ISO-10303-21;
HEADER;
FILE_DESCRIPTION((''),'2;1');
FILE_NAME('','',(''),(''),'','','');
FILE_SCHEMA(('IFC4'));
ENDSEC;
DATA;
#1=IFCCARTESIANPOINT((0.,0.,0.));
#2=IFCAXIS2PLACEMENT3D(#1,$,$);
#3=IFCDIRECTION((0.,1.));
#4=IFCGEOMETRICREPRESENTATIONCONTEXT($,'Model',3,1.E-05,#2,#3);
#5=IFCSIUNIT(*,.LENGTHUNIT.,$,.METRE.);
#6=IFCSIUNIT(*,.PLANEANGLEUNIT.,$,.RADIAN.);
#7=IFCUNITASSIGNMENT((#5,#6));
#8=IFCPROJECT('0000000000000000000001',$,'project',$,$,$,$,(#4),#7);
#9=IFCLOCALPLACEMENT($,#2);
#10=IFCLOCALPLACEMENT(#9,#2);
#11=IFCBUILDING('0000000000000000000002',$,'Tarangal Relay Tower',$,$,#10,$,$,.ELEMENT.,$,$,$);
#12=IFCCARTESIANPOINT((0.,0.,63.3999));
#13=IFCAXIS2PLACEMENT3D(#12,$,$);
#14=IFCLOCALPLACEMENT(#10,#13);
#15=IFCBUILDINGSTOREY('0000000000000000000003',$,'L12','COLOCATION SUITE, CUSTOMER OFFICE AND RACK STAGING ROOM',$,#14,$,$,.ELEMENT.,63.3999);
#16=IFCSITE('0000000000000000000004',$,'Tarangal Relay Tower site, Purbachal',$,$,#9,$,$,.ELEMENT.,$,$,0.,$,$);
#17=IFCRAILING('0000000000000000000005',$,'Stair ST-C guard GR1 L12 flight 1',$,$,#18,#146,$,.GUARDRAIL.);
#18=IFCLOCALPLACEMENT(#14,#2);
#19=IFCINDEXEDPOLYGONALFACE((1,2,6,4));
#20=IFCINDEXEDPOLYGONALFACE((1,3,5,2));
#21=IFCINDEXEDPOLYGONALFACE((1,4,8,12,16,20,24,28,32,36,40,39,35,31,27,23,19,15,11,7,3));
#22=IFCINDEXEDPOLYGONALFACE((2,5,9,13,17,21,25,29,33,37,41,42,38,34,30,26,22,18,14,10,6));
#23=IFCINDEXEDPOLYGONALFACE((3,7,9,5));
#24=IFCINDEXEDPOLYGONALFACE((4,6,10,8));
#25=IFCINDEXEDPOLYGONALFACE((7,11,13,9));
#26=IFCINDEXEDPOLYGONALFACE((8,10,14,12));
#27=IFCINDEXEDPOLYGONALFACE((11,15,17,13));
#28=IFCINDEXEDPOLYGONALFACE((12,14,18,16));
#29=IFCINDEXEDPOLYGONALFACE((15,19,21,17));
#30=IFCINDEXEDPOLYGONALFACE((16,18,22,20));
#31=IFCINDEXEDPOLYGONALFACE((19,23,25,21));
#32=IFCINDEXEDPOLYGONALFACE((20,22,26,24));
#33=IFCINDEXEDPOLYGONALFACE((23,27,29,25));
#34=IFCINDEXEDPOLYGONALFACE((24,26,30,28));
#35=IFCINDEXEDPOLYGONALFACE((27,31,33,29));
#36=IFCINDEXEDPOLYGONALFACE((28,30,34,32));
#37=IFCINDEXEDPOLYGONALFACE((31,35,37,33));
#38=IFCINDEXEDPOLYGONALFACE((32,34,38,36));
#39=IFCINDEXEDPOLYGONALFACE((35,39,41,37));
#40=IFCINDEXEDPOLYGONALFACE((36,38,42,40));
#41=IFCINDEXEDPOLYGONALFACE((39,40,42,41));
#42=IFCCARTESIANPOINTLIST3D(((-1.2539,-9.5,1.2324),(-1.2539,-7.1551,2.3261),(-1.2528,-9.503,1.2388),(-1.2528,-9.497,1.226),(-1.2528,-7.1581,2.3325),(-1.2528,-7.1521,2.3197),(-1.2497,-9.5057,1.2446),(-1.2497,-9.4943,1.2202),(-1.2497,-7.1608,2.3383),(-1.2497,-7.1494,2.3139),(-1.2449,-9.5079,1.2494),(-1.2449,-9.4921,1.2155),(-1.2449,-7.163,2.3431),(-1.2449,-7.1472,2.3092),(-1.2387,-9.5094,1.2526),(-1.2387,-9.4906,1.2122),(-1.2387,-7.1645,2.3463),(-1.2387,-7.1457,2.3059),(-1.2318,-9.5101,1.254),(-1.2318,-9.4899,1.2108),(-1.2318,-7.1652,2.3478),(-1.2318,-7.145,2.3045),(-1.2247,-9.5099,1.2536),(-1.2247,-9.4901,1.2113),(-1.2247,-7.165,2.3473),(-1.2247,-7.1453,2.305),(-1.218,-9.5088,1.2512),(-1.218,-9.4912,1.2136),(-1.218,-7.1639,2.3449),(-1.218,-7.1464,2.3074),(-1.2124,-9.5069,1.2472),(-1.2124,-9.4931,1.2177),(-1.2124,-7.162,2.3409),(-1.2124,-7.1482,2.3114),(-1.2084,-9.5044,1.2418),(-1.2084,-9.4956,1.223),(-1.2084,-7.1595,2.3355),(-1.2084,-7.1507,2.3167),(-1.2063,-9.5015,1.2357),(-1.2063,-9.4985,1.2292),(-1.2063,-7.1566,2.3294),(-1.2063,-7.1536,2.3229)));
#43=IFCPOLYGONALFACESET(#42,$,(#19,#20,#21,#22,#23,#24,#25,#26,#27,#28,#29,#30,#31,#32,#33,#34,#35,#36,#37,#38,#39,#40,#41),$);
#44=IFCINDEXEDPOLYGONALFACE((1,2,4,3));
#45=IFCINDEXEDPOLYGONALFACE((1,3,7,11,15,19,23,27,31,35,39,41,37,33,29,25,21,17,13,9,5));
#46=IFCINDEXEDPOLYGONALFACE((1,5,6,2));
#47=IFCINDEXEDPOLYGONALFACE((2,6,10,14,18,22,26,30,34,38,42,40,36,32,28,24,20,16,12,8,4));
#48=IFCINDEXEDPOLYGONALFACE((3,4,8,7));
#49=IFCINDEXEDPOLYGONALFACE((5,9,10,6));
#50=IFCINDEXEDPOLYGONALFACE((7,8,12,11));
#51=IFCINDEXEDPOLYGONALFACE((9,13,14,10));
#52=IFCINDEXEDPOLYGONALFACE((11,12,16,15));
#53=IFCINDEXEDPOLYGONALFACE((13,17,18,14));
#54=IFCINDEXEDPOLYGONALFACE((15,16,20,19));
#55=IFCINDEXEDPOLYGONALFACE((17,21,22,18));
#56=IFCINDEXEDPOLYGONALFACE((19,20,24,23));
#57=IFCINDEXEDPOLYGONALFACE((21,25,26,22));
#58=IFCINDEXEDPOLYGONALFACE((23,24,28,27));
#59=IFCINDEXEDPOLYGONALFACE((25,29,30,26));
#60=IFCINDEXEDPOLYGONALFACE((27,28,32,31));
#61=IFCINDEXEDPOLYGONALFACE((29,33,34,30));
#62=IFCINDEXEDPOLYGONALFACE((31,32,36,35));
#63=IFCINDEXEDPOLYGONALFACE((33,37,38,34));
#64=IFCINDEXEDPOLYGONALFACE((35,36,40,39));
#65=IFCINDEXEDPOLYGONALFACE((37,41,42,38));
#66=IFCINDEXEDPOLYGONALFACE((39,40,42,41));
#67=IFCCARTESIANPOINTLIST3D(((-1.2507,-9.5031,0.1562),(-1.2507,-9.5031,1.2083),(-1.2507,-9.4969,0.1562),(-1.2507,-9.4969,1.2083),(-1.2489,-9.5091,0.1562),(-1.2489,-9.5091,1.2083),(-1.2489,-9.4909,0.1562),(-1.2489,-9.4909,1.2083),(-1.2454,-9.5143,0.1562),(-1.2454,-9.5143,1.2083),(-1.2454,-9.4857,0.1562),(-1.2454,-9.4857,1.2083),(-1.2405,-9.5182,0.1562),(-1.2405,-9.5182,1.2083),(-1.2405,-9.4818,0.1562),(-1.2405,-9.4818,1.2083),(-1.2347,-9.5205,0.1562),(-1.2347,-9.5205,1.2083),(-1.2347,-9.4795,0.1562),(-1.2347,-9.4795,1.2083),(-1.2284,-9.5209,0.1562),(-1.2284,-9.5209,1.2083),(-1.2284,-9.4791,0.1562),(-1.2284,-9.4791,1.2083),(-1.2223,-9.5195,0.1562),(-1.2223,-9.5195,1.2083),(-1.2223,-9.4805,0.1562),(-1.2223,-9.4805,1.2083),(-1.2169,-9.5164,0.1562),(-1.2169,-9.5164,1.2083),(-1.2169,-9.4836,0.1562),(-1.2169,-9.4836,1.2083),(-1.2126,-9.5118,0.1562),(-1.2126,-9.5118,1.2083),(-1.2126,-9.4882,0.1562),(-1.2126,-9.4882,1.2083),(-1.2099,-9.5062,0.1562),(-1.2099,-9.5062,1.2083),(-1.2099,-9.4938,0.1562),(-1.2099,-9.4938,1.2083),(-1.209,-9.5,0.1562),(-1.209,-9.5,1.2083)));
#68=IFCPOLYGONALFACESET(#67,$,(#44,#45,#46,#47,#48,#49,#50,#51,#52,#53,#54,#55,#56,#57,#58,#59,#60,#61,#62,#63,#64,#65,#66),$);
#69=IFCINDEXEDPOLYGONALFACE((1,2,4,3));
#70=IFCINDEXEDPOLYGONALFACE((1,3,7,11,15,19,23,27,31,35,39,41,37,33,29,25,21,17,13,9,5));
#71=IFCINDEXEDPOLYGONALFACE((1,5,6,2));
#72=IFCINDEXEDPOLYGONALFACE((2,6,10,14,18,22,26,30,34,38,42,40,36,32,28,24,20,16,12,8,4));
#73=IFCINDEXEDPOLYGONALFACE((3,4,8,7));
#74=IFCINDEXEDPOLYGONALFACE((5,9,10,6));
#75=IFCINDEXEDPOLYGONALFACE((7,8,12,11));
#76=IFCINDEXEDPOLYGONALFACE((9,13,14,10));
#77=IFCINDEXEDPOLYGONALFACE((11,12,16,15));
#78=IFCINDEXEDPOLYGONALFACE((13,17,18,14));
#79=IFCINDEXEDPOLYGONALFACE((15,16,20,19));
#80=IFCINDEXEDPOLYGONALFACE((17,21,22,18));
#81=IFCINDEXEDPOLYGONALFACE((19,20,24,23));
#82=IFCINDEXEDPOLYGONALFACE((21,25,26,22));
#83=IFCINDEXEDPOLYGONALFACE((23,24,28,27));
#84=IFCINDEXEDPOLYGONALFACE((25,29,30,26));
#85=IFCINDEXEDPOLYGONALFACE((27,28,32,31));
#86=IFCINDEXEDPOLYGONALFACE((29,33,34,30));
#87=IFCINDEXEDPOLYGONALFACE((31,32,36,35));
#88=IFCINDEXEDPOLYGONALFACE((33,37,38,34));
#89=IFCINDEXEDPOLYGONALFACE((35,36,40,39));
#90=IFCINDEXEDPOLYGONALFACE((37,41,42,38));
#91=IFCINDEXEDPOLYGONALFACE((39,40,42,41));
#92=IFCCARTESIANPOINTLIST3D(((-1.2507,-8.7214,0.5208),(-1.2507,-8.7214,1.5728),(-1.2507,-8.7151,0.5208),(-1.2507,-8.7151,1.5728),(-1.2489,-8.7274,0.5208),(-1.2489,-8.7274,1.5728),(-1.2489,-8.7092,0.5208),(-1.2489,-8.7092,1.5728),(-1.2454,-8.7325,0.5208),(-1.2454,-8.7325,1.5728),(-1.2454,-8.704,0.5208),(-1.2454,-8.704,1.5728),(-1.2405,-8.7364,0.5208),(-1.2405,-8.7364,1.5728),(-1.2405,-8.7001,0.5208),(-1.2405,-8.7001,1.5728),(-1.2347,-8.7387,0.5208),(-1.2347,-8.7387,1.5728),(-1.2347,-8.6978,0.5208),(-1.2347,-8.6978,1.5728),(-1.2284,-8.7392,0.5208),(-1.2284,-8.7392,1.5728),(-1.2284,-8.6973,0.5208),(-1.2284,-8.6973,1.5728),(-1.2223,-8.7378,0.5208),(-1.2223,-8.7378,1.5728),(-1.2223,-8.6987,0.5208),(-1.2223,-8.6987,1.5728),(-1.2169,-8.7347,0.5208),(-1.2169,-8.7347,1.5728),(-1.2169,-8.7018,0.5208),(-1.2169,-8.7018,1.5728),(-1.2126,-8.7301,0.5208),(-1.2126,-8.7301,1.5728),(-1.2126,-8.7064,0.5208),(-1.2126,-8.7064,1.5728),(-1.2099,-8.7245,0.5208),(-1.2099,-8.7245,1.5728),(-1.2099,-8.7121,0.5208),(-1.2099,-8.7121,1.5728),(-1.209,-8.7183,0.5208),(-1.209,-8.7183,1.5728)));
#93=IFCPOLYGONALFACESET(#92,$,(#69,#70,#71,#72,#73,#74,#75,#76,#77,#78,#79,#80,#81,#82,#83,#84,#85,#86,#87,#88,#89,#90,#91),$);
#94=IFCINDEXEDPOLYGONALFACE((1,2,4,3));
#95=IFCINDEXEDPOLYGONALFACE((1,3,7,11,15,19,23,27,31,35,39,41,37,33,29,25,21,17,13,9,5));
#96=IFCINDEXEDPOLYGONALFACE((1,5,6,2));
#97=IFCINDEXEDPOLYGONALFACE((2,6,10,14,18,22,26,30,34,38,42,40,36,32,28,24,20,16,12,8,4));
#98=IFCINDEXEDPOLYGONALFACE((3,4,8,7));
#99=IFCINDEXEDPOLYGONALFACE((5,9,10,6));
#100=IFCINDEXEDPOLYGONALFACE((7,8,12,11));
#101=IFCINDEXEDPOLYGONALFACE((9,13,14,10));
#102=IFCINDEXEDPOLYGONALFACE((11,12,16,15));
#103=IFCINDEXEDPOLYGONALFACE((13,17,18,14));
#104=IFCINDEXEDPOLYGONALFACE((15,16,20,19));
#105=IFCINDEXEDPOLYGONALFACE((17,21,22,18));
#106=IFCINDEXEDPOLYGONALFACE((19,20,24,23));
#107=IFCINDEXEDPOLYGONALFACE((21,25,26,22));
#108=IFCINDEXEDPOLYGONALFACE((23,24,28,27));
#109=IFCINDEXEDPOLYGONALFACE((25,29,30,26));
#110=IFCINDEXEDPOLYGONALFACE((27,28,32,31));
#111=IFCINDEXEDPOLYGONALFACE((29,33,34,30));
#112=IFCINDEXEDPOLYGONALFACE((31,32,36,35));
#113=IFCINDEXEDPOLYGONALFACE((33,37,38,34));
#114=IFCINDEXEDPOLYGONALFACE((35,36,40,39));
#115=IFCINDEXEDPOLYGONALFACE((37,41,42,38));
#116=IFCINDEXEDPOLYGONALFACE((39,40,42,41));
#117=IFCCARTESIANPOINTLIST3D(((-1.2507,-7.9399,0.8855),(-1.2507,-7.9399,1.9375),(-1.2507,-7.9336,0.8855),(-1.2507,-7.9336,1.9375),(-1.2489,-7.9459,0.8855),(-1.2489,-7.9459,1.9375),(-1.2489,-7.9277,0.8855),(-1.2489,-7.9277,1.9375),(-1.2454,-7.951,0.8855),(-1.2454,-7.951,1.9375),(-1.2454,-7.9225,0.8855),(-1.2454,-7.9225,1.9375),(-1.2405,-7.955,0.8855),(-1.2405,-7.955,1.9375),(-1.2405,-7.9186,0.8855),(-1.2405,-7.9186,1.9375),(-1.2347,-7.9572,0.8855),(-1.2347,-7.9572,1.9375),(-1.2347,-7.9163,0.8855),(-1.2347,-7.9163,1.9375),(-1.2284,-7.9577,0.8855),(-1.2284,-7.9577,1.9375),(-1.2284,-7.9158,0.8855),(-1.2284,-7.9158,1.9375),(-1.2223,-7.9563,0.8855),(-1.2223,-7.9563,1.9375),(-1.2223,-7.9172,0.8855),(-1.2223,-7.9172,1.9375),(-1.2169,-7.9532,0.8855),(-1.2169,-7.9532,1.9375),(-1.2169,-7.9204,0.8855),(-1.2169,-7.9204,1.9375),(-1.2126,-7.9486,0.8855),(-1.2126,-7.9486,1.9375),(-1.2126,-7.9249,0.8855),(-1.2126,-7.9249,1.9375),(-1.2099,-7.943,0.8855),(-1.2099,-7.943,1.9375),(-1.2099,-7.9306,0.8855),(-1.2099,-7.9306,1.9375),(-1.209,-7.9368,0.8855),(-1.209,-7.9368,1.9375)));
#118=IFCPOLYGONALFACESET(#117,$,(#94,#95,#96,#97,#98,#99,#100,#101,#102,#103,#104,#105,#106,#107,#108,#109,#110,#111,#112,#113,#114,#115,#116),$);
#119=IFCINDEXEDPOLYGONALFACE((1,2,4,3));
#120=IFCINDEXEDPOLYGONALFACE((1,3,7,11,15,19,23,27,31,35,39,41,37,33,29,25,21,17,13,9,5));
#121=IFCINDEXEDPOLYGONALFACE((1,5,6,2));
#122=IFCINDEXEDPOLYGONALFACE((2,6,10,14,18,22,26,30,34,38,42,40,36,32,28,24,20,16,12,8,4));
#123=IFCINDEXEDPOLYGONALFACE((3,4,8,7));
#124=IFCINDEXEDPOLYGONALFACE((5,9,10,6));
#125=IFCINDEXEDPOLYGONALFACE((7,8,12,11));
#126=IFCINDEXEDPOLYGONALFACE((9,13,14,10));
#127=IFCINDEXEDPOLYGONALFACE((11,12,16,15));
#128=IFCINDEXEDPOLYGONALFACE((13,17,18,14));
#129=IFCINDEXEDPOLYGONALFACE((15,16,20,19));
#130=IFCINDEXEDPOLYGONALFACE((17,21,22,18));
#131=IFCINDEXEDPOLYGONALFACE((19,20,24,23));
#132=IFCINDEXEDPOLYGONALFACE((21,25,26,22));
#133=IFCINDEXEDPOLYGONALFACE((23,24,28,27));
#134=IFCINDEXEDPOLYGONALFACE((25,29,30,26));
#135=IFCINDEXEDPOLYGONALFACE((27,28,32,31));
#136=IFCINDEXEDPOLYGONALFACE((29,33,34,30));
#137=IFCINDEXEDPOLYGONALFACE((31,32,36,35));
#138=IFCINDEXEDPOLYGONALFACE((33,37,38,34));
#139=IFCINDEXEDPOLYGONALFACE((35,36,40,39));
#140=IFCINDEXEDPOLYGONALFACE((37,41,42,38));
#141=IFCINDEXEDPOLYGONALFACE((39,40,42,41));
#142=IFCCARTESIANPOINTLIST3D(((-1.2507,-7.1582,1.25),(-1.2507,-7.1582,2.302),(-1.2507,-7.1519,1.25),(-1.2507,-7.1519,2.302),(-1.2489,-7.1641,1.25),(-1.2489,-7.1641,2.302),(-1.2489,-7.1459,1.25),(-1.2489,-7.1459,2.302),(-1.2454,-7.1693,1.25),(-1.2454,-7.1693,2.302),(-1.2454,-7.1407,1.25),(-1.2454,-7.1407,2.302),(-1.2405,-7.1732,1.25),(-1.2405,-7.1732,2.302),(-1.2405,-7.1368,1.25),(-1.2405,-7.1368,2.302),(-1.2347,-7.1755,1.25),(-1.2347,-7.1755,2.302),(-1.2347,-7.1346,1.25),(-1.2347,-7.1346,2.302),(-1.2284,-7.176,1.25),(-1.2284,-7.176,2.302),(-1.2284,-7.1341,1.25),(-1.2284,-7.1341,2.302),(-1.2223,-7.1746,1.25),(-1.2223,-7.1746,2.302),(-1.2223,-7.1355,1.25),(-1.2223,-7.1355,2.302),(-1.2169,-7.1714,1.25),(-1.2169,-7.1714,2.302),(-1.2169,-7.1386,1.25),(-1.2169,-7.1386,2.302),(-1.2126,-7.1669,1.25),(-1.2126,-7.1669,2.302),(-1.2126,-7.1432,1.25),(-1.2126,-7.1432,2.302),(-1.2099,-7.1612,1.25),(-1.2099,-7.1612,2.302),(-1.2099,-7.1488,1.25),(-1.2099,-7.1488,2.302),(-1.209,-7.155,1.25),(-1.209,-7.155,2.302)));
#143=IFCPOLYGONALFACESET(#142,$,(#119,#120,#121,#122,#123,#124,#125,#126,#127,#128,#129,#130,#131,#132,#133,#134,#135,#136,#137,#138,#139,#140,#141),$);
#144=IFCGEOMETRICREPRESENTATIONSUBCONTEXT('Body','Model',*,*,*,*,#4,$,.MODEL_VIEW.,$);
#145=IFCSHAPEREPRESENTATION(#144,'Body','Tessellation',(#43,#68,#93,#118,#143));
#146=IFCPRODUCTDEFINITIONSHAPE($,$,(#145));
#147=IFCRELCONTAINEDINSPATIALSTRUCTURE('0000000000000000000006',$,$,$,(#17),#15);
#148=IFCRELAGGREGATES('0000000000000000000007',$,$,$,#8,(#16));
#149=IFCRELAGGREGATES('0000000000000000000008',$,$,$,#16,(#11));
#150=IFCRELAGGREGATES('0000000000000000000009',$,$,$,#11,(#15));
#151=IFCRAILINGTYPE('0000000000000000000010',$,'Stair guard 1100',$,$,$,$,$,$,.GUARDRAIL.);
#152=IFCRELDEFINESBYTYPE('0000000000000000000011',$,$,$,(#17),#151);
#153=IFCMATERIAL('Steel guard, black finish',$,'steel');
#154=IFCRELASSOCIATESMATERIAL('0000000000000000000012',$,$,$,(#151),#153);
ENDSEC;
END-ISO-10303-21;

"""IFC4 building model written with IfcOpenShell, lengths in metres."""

from ifc_helpers import new_model, si_unit, direction, frame, origin, origin_2d, place, context, subcontext, project, spatial, circle, extrude, material, type_object, element, save


model = new_model("IFC4")

# Units and contexts
model_context = context("Model", 3, precision=1e-05, world=origin(), true_north=direction((0.0, 1.0)))
body_context = subcontext(model_context, "Body", "Model", "MODEL_VIEW")
ifc_project = project(units=[si_unit("LENGTHUNIT", "METRE"), si_unit("PLANEANGLEUNIT", "RADIAN")], contexts=[model_context])

# Site, building, storey
site_placement = place(None, origin())
site = spatial("IfcSite", under=ifc_project, at=site_placement, Name="Tarangal Relay Tower site, Purbachal", CompositionType="ELEMENT", RefElevation=0.0)
building_placement = place(site_placement, origin())
building = spatial("IfcBuilding", under=site, at=building_placement, Name="Tarangal Relay Tower", CompositionType="ELEMENT")
storey_placement = place(building_placement, frame((0.0, 0.0, 63.3999)))
storey = spatial("IfcBuildingStorey", under=building, at=storey_placement, Name="L12", Description="COLOCATION SUITE, CUSTOMER OFFICE AND RACK STAGING ROOM", CompositionType="ELEMENT", Elevation=63.3999)

# Railing
ifc_material_1 = material(Name="Steel guard, black finish", Category="steel")
railing_type_1 = type_object("IfcRailingType", Name="Stair guard 1100", PredefinedType="GUARDRAIL", material=ifc_material_1)
railing_1_placement = place(storey_placement, frame((-1.23, -9.5, 0.1562)))
element("IfcRailing", 1, at=railing_1_placement, inside=storey, type_object=railing_type_1, Name="Stair ST-C guard GR1 L12 flight 1", PredefinedType="GUARDRAIL", context=body_context, shape_type="SweptSolid", body=[
    extrude(circle(Radius=0.0239, at=origin_2d()), frame((0.0, 0.0, 1.0762), z_axis=(0.0, 0.906267, 0.422705), x_axis=(-1.0, 0.0, 0.0)), (0.0, 0.0, 1.0), 2.5874),
    extrude(circle(Radius=0.021, at=origin_2d()), origin(), (0.0, 0.0, 1.0), 1.052),
    extrude(circle(Radius=0.021, at=origin_2d()), frame((0.0, 0.7817, 0.3645)), (0.0, 0.0, 1.0), 1.052),
    extrude(circle(Radius=0.021, at=origin_2d()), frame((0.0, 1.5632, 0.7292)), (0.0, 0.0, 1.0), 1.052),
    extrude(circle(Radius=0.021, at=origin_2d()), frame((0.0, 2.345, 1.0938)), (0.0, 0.0, 1.0), 1.052),
])

save(model, "model.ifc")
